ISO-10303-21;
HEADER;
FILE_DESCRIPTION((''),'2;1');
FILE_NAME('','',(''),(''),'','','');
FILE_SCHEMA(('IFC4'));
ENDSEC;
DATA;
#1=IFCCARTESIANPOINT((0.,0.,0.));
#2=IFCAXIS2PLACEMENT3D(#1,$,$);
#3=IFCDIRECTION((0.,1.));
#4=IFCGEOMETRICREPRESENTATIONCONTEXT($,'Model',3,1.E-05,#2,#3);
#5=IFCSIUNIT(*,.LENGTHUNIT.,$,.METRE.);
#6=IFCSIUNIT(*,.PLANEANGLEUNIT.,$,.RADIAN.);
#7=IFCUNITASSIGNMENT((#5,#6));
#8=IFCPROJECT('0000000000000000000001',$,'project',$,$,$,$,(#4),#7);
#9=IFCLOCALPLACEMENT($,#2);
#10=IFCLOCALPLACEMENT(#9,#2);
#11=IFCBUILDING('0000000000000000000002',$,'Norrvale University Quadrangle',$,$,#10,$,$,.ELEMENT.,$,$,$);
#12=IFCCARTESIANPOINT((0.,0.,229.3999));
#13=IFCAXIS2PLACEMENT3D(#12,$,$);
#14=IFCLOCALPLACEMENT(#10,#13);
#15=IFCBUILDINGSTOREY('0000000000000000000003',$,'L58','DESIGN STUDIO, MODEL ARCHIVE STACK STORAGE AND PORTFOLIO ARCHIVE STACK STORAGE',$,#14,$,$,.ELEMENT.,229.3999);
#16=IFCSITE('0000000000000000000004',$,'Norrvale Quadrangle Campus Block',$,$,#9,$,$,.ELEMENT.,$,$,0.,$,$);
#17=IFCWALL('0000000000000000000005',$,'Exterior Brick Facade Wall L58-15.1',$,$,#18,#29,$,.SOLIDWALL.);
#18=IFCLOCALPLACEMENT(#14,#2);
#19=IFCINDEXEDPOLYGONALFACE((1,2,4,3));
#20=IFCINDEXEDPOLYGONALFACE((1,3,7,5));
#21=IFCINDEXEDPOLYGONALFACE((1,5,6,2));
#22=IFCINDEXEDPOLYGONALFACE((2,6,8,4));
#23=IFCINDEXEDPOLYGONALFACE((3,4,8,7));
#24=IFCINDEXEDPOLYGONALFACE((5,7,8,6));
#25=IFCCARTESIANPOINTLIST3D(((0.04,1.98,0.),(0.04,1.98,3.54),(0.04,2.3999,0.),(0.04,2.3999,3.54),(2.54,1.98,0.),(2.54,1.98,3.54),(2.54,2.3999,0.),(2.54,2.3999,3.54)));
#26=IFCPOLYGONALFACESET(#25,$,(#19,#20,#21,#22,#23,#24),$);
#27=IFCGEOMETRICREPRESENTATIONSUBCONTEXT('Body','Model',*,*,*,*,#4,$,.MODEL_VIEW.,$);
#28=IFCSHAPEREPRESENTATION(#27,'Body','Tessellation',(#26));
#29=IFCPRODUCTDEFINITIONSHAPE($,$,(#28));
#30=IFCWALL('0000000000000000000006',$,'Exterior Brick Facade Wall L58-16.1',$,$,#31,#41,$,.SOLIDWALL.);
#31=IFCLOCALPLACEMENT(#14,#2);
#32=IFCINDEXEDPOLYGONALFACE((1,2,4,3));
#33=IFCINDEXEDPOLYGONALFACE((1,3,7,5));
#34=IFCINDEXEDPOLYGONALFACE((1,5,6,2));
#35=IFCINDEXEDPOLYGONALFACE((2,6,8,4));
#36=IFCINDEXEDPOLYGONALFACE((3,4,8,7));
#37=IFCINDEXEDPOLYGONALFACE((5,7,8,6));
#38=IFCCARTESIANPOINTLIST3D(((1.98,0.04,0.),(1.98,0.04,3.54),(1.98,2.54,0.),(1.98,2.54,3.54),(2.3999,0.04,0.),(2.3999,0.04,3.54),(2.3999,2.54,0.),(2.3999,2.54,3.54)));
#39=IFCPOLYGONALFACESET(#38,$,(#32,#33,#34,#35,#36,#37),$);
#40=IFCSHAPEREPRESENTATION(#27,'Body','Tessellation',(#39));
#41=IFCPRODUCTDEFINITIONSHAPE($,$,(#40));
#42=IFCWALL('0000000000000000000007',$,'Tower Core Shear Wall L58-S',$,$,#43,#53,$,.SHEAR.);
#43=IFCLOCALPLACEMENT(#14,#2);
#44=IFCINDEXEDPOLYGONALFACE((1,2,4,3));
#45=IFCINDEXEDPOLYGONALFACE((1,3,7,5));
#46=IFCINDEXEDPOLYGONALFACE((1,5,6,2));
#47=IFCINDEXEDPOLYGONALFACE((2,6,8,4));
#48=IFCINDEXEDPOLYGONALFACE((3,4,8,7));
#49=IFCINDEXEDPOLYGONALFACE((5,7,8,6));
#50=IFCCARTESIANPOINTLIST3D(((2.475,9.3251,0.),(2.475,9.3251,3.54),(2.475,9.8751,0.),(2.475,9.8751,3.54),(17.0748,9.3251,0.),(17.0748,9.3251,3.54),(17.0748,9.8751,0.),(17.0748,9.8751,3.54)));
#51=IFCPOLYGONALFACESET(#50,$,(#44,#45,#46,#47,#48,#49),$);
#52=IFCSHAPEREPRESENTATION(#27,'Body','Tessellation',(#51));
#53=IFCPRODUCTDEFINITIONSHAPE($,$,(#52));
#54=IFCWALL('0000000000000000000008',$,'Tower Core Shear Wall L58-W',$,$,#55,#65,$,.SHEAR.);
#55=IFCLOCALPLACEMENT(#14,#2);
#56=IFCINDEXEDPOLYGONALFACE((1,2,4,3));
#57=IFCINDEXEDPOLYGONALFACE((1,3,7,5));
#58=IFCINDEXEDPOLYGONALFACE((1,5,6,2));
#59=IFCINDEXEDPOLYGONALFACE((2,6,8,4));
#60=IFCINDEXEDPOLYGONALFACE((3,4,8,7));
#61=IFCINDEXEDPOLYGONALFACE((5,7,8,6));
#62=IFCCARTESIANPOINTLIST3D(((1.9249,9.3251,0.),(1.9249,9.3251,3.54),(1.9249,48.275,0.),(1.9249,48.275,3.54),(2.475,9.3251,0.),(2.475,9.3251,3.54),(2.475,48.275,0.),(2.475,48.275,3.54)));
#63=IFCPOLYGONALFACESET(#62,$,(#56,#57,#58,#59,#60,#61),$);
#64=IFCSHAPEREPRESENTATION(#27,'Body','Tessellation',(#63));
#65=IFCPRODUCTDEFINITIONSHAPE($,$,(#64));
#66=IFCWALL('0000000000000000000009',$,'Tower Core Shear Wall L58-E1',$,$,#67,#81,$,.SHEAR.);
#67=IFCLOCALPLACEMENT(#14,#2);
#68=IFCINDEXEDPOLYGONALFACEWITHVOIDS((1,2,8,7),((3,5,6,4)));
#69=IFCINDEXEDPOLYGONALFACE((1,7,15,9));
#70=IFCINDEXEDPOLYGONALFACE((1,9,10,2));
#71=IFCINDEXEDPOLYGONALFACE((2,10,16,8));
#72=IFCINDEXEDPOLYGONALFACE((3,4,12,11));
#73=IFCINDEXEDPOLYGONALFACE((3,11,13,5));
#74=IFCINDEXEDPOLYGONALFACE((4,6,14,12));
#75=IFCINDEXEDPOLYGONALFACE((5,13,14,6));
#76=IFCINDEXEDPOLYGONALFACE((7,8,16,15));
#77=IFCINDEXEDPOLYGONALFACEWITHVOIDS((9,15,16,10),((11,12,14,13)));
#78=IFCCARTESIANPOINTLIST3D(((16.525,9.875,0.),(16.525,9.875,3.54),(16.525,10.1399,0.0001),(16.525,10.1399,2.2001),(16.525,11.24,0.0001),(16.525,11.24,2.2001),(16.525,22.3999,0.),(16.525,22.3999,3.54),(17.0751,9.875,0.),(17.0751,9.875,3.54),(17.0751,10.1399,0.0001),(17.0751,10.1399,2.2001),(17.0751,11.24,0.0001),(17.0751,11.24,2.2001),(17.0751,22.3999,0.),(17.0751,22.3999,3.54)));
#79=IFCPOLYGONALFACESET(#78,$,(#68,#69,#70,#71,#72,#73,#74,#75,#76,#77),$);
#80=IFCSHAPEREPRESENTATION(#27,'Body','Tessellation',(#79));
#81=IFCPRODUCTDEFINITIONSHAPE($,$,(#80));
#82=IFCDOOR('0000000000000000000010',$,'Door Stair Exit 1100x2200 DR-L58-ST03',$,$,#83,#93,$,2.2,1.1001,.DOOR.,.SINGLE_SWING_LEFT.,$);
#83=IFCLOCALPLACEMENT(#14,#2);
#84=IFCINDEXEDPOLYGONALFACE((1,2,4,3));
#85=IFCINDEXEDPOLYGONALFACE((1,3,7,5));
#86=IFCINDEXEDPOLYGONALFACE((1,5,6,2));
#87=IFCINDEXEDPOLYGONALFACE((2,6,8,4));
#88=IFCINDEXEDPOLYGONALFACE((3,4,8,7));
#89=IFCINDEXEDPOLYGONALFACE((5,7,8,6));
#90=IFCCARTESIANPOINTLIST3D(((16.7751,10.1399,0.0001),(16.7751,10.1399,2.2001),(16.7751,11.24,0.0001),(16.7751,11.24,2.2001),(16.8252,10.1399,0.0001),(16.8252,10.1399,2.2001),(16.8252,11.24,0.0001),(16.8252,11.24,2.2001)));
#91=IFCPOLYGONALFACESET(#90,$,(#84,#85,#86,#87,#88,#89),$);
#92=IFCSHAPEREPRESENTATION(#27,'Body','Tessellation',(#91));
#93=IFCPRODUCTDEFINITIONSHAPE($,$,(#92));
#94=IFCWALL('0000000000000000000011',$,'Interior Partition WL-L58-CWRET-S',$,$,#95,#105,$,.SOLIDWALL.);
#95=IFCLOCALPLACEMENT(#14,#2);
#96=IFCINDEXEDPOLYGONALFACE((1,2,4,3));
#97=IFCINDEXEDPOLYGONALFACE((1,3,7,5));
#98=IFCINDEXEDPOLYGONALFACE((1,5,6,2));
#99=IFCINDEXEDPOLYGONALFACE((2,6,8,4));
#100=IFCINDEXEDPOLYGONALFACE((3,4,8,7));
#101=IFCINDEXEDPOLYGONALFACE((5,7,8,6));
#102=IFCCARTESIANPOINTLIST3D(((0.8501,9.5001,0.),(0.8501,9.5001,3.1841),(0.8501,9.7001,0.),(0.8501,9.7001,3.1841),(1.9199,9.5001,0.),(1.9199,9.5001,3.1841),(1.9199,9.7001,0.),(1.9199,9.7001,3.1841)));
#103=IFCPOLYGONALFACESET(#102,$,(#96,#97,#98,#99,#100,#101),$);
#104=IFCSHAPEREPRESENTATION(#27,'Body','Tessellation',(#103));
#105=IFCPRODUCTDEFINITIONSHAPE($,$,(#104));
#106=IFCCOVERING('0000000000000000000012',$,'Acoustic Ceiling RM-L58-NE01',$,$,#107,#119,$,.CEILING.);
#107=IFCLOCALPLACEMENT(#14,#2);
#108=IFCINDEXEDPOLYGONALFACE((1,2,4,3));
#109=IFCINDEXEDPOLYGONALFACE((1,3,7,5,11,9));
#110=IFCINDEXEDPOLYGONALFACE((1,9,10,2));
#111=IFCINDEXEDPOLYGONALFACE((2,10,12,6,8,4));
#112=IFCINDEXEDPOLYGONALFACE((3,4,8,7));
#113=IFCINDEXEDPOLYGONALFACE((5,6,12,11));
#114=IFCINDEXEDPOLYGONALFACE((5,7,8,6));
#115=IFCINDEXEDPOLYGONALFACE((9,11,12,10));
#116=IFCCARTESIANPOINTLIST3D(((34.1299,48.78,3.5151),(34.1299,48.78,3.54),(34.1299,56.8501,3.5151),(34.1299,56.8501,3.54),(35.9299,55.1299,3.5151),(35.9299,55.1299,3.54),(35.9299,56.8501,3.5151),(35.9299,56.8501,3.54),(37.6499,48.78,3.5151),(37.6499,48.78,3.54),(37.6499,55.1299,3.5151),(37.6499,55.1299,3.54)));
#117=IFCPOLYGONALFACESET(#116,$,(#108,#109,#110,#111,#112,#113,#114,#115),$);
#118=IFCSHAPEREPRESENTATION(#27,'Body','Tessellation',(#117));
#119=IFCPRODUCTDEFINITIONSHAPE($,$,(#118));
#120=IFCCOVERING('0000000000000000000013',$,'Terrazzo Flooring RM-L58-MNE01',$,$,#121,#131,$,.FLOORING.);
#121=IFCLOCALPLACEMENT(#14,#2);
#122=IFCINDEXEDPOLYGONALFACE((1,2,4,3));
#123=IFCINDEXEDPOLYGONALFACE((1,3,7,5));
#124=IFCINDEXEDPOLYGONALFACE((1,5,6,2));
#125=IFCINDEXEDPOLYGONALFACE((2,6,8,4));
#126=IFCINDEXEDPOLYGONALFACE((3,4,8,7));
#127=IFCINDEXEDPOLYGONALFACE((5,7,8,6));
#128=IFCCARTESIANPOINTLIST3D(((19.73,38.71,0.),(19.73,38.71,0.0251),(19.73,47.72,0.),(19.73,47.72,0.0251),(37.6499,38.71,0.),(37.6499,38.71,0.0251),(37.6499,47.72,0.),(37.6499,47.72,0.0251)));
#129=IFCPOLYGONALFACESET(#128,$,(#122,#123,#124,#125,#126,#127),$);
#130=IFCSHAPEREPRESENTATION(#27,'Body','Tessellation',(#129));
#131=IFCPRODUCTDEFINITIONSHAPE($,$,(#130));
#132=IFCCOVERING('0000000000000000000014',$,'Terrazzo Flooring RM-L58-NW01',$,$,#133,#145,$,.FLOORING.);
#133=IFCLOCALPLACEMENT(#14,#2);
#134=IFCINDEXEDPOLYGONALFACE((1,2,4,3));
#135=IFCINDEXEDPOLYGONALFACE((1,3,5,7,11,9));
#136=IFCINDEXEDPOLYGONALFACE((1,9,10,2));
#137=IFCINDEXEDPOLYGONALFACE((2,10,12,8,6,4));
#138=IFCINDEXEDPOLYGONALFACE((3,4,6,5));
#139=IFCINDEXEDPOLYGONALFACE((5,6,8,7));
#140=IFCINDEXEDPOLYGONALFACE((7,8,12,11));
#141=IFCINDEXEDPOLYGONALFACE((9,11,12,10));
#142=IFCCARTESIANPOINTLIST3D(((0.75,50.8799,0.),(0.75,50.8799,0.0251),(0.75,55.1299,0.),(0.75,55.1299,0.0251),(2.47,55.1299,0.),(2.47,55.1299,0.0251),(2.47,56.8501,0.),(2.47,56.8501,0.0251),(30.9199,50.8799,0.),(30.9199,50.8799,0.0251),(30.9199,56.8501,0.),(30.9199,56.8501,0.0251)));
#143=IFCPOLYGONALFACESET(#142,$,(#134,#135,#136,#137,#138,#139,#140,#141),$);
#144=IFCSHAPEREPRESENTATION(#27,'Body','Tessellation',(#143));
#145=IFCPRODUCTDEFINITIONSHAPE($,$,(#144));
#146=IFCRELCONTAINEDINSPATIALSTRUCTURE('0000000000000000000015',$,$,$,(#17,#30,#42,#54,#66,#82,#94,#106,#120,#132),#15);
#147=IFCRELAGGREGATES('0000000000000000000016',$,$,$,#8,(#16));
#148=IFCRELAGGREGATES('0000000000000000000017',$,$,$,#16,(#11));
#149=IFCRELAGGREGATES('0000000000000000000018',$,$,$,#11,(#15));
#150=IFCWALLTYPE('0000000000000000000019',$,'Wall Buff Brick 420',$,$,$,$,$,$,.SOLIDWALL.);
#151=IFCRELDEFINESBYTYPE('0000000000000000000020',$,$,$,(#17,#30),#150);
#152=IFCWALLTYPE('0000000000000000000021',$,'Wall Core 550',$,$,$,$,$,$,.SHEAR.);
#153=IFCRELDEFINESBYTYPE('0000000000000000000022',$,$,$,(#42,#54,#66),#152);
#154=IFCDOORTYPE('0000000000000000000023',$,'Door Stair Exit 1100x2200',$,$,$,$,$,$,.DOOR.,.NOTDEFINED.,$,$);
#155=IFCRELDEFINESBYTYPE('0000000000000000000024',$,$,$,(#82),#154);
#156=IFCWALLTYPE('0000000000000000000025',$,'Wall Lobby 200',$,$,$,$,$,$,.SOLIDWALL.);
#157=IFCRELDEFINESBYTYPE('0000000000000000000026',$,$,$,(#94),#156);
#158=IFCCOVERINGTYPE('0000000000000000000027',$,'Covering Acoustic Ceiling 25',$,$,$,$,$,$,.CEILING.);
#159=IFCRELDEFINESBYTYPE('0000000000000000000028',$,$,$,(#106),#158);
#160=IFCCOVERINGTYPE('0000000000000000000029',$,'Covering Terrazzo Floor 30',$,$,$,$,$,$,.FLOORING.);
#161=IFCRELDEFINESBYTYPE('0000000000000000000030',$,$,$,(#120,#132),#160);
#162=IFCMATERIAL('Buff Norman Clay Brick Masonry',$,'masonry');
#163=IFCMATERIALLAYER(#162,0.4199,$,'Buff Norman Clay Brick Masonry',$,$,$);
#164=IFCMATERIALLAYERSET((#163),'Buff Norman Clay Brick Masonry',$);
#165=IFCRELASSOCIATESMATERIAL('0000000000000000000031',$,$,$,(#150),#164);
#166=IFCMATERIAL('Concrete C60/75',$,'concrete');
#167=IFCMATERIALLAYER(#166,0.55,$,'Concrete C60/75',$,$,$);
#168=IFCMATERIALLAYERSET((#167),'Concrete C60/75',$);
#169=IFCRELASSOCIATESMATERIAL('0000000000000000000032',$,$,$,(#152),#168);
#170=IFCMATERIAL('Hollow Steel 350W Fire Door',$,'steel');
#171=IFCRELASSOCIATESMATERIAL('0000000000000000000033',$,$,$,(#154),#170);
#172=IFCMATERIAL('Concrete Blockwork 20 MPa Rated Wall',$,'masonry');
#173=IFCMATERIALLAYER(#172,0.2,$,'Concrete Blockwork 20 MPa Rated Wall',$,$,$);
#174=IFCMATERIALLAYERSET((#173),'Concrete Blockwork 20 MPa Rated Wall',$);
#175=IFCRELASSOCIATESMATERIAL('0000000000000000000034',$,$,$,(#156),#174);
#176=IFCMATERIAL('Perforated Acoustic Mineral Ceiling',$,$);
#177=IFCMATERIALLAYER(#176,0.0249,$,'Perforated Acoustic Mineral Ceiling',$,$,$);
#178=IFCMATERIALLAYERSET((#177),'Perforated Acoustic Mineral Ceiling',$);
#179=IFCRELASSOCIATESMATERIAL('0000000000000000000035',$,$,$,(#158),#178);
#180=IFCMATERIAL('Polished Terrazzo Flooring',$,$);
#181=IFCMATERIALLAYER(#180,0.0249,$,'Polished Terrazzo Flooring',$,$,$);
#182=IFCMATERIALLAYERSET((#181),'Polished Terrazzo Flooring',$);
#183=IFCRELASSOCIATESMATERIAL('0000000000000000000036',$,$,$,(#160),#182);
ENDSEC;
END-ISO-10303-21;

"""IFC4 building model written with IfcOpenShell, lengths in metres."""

from ifc_helpers import new_model, si_unit, direction, frame, frame_2d, origin, place, context, subcontext, project, spatial, polyline, rectangle, outline, extrude, material, layer, layer_set, type_object, element, fill, save


model = new_model("IFC4")

# Units and contexts
model_context = context("Model", 3, precision=1e-05, world=origin(), true_north=direction((0.0, 1.0)))
body_context = subcontext(model_context, "Body", "Model", "MODEL_VIEW")
ifc_project = project(units=[si_unit("LENGTHUNIT", "METRE"), si_unit("PLANEANGLEUNIT", "RADIAN")], contexts=[model_context])

# Site, building, storey
site_placement = place(None, origin())
site = spatial("IfcSite", under=ifc_project, at=site_placement, Name="Norrvale Quadrangle Campus Block", CompositionType="ELEMENT", RefElevation=0.0)
building_placement = place(site_placement, origin())
building = spatial("IfcBuilding", under=site, at=building_placement, Name="Norrvale University Quadrangle", CompositionType="ELEMENT")
storey_placement = place(building_placement, frame((0.0, 0.0, 229.3999)))
storey = spatial("IfcBuildingStorey", under=building, at=storey_placement, Name="L58", Description="DESIGN STUDIO, MODEL ARCHIVE STACK STORAGE AND PORTFOLIO ARCHIVE STACK STORAGE", CompositionType="ELEMENT", Elevation=229.3999)

# Shared definitions
ifc_material_1 = material(Name="Concrete C60/75", Category="concrete")

# Shared definitions
ifc_material_2 = material(Name="Buff Norman Clay Brick Masonry", Category="masonry")
ifc_layer_1 = layer(ifc_material_2, 0.4199, Name="Buff Norman Clay Brick Masonry")
ifc_layer_set_1 = layer_set([ifc_layer_1], Name="Buff Norman Clay Brick Masonry")
wall_type_1 = type_object("IfcWallType", Name="Wall Buff Brick 420", PredefinedType="SOLIDWALL", material=ifc_layer_set_1)

# Walls
for number, where, z_axis, x_axis, name in (
    (1, (0.04, 2.1899, 0.0), (0.0, 0.0, 1.0), (1.0, 0.0, 0.0), "Exterior Brick Facade Wall L58-15.1"),
    (2, (2.1899, 2.54, 0.0), (0.0, 0.0, 1.0), (0.0, -1.0, 0.0), "Exterior Brick Facade Wall L58-16.1"),
):
    element("IfcWall", number, at=place(storey_placement, frame(where, z_axis=z_axis, x_axis=x_axis)), inside=storey, type_object=wall_type_1, Name=name, PredefinedType="SOLIDWALL", context=body_context, shape_type="SweptSolid", body=[
        extrude(rectangle(XDim=2.5, YDim=0.4199, at=frame_2d((1.25, 0.0))), origin(), (0.0, 0.0, 1.0), 3.54),
    ])
ifc_layer_2 = layer(ifc_material_1, 0.55, Name="Concrete C60/75")
ifc_layer_set_2 = layer_set([ifc_layer_2], Name="Concrete C60/75")
wall_type_2 = type_object("IfcWallType", Name="Wall Core 550", PredefinedType="SHEAR", material=ifc_layer_set_2)
wall_1_placement = place(storey_placement, frame((2.4751, 9.6001, 0.0), z_axis=(0.0, 0.0, 1.0), x_axis=(1.0, 0.0, 0.0)))
element("IfcWall", 3, at=wall_1_placement, inside=storey, type_object=wall_type_2, Name="Tower Core Shear Wall L58-S", PredefinedType="SHEAR", context=body_context, shape_type="SweptSolid", body=[
    extrude(rectangle(XDim=14.5999, YDim=0.55, at=frame_2d((7.2998, 0.0))), origin(), (0.0, 0.0, 1.0), 3.54),
])
wall_2_placement = place(storey_placement, frame((2.2, 9.325, 0.0), z_axis=(0.0, 0.0, 1.0), x_axis=(0.0, 1.0, 0.0)))
element("IfcWall", 4, at=wall_2_placement, inside=storey, type_object=wall_type_2, Name="Tower Core Shear Wall L58-W", PredefinedType="SHEAR", context=body_context, shape_type="SweptSolid", body=[
    extrude(rectangle(XDim=38.95, YDim=0.55, at=frame_2d((19.4751, 0.0))), origin(), (0.0, 0.0, 1.0), 3.54),
])

# Wall, opening, door
wall_3_placement = place(storey_placement, frame((16.8, 9.875, 0.0), z_axis=(0.0, 0.0, 1.0), x_axis=(0.0, 1.0, 0.0)))
wall_3 = element("IfcWall", 5, at=wall_3_placement, inside=storey, type_object=wall_type_2, Name="Tower Core Shear Wall L58-E1", PredefinedType="SHEAR", context=body_context, shape_type="SweptSolid", body=[
    extrude(rectangle(XDim=12.5249, YDim=0.55, at=frame_2d((6.2625, 0.0))), origin(), (0.0, 0.0, 1.0), 3.54),
])
opening_1_placement = place(wall_3_placement, frame((0.2649, 0.0, 0.0)))
opening_1 = element("IfcOpeningElement", 6, at=opening_1_placement, cuts=wall_3, PredefinedType="OPENING", context=body_context, shape_type="SweptSolid", body=[
    extrude(rectangle(XDim=1.1001, YDim=2.2, at=frame_2d((0.55, 1.1001))), frame((0.0, 0.2871, 0.0), z_axis=(0.0, -1.0, 0.0), x_axis=(1.0, 0.0, 0.0)), (0.0, 0.0, 1.0), 0.574),
])
ifc_material_3 = material(Name="Hollow Steel 350W Fire Door", Category="steel")
door_type = type_object("IfcDoorType", Name="Door Stair Exit 1100x2200", OperationType="NOTDEFINED", PredefinedType="DOOR", material=ifc_material_3)
door_placement = place(opening_1_placement, origin())
door = element("IfcDoor", 7, at=door_placement, inside=storey, type_object=door_type, Name="Door Stair Exit 1100x2200 DR-L58-ST03", OperationType="SINGLE_SWING_LEFT", OverallHeight=2.2, OverallWidth=1.1001, PredefinedType="DOOR", context=body_context, shape_type="SweptSolid", body=[
    extrude(rectangle(XDim=1.1001, YDim=2.2, at=frame_2d((0.55, 1.1001))), frame((0.0, 0.0249, 0.0), z_axis=(0.0, -1.0, 0.0), x_axis=(1.0, 0.0, 0.0)), (0.0, 0.0, 1.0), 0.05),
])
fill(opening_1, door)

# Wall
ifc_material_4 = material(Name="Concrete Blockwork 20 MPa Rated Wall", Category="masonry")
ifc_layer_3 = layer(ifc_material_4, 0.2, Name="Concrete Blockwork 20 MPa Rated Wall")
ifc_layer_set_3 = layer_set([ifc_layer_3], Name="Concrete Blockwork 20 MPa Rated Wall")
wall_type_3 = type_object("IfcWallType", Name="Wall Lobby 200", PredefinedType="SOLIDWALL", material=ifc_layer_set_3)
wall_4_placement = place(storey_placement, frame((0.8501, 9.6001, 0.0), z_axis=(0.0, 0.0, 1.0), x_axis=(1.0, 0.0, 0.0)))
element("IfcWall", 8, at=wall_4_placement, inside=storey, type_object=wall_type_3, Name="Interior Partition WL-L58-CWRET-S", PredefinedType="SOLIDWALL", context=body_context, shape_type="SweptSolid", body=[
    extrude(rectangle(XDim=1.0698, YDim=0.2, at=frame_2d((0.5349, 0.0))), origin(), (0.0, 0.0, 1.0), 3.1841),
])

# Coverings
ifc_material_5 = material(Name="Perforated Acoustic Mineral Ceiling")
ifc_layer_4 = layer(ifc_material_5, 0.0249, Name="Perforated Acoustic Mineral Ceiling")
ifc_layer_set_4 = layer_set([ifc_layer_4], Name="Perforated Acoustic Mineral Ceiling")
covering_type_1 = type_object("IfcCoveringType", Name="Covering Acoustic Ceiling 25", PredefinedType="CEILING", material=ifc_layer_set_4)
covering_1_placement = place(storey_placement, frame((0.0, 0.0, 3.5151)))
element("IfcCovering", 9, at=covering_1_placement, inside=storey, type_object=covering_type_1, Name="Acoustic Ceiling RM-L58-NE01", PredefinedType="CEILING", context=body_context, shape_type="SweptSolid", body=[
    extrude(outline(polyline([(37.6499, 48.78), (34.1299, 48.78), (34.1299, 56.8501), (35.9299, 56.8501), (35.9299, 55.1299), (37.6499, 55.1299), (37.6499, 48.78)])), origin(), (0.0, 0.0, 1.0), 0.0249),
])
ifc_material_6 = material(Name="Polished Terrazzo Flooring")
ifc_layer_5 = layer(ifc_material_6, 0.0249, Name="Polished Terrazzo Flooring")
ifc_layer_set_5 = layer_set([ifc_layer_5], Name="Polished Terrazzo Flooring")
covering_type_2 = type_object("IfcCoveringType", Name="Covering Terrazzo Floor 30", PredefinedType="FLOORING", material=ifc_layer_set_5)
covering_2_placement = place(storey_placement, origin())
element("IfcCovering", 10, at=covering_2_placement, inside=storey, type_object=covering_type_2, Name="Terrazzo Flooring RM-L58-MNE01", PredefinedType="FLOORING", context=body_context, shape_type="SweptSolid", body=[
    extrude(outline(polyline([(19.73, 47.72), (37.6499, 47.72), (37.6499, 38.71), (19.73, 38.71), (19.73, 47.72)])), origin(), (0.0, 0.0, 1.0), 0.0251),
])
covering_3_placement = place(storey_placement, origin())
element("IfcCovering", 11, at=covering_3_placement, inside=storey, type_object=covering_type_2, Name="Terrazzo Flooring RM-L58-NW01", PredefinedType="FLOORING", context=body_context, shape_type="SweptSolid", body=[
    extrude(outline(polyline([(30.9199, 56.8501), (30.9199, 50.8799), (0.75, 50.8799), (0.75, 55.1299), (2.47, 55.1299), (2.47, 56.8501), (30.9199, 56.8501)])), origin(), (0.0, 0.0, 1.0), 0.0251),
])

save(model, "model.ifc")
